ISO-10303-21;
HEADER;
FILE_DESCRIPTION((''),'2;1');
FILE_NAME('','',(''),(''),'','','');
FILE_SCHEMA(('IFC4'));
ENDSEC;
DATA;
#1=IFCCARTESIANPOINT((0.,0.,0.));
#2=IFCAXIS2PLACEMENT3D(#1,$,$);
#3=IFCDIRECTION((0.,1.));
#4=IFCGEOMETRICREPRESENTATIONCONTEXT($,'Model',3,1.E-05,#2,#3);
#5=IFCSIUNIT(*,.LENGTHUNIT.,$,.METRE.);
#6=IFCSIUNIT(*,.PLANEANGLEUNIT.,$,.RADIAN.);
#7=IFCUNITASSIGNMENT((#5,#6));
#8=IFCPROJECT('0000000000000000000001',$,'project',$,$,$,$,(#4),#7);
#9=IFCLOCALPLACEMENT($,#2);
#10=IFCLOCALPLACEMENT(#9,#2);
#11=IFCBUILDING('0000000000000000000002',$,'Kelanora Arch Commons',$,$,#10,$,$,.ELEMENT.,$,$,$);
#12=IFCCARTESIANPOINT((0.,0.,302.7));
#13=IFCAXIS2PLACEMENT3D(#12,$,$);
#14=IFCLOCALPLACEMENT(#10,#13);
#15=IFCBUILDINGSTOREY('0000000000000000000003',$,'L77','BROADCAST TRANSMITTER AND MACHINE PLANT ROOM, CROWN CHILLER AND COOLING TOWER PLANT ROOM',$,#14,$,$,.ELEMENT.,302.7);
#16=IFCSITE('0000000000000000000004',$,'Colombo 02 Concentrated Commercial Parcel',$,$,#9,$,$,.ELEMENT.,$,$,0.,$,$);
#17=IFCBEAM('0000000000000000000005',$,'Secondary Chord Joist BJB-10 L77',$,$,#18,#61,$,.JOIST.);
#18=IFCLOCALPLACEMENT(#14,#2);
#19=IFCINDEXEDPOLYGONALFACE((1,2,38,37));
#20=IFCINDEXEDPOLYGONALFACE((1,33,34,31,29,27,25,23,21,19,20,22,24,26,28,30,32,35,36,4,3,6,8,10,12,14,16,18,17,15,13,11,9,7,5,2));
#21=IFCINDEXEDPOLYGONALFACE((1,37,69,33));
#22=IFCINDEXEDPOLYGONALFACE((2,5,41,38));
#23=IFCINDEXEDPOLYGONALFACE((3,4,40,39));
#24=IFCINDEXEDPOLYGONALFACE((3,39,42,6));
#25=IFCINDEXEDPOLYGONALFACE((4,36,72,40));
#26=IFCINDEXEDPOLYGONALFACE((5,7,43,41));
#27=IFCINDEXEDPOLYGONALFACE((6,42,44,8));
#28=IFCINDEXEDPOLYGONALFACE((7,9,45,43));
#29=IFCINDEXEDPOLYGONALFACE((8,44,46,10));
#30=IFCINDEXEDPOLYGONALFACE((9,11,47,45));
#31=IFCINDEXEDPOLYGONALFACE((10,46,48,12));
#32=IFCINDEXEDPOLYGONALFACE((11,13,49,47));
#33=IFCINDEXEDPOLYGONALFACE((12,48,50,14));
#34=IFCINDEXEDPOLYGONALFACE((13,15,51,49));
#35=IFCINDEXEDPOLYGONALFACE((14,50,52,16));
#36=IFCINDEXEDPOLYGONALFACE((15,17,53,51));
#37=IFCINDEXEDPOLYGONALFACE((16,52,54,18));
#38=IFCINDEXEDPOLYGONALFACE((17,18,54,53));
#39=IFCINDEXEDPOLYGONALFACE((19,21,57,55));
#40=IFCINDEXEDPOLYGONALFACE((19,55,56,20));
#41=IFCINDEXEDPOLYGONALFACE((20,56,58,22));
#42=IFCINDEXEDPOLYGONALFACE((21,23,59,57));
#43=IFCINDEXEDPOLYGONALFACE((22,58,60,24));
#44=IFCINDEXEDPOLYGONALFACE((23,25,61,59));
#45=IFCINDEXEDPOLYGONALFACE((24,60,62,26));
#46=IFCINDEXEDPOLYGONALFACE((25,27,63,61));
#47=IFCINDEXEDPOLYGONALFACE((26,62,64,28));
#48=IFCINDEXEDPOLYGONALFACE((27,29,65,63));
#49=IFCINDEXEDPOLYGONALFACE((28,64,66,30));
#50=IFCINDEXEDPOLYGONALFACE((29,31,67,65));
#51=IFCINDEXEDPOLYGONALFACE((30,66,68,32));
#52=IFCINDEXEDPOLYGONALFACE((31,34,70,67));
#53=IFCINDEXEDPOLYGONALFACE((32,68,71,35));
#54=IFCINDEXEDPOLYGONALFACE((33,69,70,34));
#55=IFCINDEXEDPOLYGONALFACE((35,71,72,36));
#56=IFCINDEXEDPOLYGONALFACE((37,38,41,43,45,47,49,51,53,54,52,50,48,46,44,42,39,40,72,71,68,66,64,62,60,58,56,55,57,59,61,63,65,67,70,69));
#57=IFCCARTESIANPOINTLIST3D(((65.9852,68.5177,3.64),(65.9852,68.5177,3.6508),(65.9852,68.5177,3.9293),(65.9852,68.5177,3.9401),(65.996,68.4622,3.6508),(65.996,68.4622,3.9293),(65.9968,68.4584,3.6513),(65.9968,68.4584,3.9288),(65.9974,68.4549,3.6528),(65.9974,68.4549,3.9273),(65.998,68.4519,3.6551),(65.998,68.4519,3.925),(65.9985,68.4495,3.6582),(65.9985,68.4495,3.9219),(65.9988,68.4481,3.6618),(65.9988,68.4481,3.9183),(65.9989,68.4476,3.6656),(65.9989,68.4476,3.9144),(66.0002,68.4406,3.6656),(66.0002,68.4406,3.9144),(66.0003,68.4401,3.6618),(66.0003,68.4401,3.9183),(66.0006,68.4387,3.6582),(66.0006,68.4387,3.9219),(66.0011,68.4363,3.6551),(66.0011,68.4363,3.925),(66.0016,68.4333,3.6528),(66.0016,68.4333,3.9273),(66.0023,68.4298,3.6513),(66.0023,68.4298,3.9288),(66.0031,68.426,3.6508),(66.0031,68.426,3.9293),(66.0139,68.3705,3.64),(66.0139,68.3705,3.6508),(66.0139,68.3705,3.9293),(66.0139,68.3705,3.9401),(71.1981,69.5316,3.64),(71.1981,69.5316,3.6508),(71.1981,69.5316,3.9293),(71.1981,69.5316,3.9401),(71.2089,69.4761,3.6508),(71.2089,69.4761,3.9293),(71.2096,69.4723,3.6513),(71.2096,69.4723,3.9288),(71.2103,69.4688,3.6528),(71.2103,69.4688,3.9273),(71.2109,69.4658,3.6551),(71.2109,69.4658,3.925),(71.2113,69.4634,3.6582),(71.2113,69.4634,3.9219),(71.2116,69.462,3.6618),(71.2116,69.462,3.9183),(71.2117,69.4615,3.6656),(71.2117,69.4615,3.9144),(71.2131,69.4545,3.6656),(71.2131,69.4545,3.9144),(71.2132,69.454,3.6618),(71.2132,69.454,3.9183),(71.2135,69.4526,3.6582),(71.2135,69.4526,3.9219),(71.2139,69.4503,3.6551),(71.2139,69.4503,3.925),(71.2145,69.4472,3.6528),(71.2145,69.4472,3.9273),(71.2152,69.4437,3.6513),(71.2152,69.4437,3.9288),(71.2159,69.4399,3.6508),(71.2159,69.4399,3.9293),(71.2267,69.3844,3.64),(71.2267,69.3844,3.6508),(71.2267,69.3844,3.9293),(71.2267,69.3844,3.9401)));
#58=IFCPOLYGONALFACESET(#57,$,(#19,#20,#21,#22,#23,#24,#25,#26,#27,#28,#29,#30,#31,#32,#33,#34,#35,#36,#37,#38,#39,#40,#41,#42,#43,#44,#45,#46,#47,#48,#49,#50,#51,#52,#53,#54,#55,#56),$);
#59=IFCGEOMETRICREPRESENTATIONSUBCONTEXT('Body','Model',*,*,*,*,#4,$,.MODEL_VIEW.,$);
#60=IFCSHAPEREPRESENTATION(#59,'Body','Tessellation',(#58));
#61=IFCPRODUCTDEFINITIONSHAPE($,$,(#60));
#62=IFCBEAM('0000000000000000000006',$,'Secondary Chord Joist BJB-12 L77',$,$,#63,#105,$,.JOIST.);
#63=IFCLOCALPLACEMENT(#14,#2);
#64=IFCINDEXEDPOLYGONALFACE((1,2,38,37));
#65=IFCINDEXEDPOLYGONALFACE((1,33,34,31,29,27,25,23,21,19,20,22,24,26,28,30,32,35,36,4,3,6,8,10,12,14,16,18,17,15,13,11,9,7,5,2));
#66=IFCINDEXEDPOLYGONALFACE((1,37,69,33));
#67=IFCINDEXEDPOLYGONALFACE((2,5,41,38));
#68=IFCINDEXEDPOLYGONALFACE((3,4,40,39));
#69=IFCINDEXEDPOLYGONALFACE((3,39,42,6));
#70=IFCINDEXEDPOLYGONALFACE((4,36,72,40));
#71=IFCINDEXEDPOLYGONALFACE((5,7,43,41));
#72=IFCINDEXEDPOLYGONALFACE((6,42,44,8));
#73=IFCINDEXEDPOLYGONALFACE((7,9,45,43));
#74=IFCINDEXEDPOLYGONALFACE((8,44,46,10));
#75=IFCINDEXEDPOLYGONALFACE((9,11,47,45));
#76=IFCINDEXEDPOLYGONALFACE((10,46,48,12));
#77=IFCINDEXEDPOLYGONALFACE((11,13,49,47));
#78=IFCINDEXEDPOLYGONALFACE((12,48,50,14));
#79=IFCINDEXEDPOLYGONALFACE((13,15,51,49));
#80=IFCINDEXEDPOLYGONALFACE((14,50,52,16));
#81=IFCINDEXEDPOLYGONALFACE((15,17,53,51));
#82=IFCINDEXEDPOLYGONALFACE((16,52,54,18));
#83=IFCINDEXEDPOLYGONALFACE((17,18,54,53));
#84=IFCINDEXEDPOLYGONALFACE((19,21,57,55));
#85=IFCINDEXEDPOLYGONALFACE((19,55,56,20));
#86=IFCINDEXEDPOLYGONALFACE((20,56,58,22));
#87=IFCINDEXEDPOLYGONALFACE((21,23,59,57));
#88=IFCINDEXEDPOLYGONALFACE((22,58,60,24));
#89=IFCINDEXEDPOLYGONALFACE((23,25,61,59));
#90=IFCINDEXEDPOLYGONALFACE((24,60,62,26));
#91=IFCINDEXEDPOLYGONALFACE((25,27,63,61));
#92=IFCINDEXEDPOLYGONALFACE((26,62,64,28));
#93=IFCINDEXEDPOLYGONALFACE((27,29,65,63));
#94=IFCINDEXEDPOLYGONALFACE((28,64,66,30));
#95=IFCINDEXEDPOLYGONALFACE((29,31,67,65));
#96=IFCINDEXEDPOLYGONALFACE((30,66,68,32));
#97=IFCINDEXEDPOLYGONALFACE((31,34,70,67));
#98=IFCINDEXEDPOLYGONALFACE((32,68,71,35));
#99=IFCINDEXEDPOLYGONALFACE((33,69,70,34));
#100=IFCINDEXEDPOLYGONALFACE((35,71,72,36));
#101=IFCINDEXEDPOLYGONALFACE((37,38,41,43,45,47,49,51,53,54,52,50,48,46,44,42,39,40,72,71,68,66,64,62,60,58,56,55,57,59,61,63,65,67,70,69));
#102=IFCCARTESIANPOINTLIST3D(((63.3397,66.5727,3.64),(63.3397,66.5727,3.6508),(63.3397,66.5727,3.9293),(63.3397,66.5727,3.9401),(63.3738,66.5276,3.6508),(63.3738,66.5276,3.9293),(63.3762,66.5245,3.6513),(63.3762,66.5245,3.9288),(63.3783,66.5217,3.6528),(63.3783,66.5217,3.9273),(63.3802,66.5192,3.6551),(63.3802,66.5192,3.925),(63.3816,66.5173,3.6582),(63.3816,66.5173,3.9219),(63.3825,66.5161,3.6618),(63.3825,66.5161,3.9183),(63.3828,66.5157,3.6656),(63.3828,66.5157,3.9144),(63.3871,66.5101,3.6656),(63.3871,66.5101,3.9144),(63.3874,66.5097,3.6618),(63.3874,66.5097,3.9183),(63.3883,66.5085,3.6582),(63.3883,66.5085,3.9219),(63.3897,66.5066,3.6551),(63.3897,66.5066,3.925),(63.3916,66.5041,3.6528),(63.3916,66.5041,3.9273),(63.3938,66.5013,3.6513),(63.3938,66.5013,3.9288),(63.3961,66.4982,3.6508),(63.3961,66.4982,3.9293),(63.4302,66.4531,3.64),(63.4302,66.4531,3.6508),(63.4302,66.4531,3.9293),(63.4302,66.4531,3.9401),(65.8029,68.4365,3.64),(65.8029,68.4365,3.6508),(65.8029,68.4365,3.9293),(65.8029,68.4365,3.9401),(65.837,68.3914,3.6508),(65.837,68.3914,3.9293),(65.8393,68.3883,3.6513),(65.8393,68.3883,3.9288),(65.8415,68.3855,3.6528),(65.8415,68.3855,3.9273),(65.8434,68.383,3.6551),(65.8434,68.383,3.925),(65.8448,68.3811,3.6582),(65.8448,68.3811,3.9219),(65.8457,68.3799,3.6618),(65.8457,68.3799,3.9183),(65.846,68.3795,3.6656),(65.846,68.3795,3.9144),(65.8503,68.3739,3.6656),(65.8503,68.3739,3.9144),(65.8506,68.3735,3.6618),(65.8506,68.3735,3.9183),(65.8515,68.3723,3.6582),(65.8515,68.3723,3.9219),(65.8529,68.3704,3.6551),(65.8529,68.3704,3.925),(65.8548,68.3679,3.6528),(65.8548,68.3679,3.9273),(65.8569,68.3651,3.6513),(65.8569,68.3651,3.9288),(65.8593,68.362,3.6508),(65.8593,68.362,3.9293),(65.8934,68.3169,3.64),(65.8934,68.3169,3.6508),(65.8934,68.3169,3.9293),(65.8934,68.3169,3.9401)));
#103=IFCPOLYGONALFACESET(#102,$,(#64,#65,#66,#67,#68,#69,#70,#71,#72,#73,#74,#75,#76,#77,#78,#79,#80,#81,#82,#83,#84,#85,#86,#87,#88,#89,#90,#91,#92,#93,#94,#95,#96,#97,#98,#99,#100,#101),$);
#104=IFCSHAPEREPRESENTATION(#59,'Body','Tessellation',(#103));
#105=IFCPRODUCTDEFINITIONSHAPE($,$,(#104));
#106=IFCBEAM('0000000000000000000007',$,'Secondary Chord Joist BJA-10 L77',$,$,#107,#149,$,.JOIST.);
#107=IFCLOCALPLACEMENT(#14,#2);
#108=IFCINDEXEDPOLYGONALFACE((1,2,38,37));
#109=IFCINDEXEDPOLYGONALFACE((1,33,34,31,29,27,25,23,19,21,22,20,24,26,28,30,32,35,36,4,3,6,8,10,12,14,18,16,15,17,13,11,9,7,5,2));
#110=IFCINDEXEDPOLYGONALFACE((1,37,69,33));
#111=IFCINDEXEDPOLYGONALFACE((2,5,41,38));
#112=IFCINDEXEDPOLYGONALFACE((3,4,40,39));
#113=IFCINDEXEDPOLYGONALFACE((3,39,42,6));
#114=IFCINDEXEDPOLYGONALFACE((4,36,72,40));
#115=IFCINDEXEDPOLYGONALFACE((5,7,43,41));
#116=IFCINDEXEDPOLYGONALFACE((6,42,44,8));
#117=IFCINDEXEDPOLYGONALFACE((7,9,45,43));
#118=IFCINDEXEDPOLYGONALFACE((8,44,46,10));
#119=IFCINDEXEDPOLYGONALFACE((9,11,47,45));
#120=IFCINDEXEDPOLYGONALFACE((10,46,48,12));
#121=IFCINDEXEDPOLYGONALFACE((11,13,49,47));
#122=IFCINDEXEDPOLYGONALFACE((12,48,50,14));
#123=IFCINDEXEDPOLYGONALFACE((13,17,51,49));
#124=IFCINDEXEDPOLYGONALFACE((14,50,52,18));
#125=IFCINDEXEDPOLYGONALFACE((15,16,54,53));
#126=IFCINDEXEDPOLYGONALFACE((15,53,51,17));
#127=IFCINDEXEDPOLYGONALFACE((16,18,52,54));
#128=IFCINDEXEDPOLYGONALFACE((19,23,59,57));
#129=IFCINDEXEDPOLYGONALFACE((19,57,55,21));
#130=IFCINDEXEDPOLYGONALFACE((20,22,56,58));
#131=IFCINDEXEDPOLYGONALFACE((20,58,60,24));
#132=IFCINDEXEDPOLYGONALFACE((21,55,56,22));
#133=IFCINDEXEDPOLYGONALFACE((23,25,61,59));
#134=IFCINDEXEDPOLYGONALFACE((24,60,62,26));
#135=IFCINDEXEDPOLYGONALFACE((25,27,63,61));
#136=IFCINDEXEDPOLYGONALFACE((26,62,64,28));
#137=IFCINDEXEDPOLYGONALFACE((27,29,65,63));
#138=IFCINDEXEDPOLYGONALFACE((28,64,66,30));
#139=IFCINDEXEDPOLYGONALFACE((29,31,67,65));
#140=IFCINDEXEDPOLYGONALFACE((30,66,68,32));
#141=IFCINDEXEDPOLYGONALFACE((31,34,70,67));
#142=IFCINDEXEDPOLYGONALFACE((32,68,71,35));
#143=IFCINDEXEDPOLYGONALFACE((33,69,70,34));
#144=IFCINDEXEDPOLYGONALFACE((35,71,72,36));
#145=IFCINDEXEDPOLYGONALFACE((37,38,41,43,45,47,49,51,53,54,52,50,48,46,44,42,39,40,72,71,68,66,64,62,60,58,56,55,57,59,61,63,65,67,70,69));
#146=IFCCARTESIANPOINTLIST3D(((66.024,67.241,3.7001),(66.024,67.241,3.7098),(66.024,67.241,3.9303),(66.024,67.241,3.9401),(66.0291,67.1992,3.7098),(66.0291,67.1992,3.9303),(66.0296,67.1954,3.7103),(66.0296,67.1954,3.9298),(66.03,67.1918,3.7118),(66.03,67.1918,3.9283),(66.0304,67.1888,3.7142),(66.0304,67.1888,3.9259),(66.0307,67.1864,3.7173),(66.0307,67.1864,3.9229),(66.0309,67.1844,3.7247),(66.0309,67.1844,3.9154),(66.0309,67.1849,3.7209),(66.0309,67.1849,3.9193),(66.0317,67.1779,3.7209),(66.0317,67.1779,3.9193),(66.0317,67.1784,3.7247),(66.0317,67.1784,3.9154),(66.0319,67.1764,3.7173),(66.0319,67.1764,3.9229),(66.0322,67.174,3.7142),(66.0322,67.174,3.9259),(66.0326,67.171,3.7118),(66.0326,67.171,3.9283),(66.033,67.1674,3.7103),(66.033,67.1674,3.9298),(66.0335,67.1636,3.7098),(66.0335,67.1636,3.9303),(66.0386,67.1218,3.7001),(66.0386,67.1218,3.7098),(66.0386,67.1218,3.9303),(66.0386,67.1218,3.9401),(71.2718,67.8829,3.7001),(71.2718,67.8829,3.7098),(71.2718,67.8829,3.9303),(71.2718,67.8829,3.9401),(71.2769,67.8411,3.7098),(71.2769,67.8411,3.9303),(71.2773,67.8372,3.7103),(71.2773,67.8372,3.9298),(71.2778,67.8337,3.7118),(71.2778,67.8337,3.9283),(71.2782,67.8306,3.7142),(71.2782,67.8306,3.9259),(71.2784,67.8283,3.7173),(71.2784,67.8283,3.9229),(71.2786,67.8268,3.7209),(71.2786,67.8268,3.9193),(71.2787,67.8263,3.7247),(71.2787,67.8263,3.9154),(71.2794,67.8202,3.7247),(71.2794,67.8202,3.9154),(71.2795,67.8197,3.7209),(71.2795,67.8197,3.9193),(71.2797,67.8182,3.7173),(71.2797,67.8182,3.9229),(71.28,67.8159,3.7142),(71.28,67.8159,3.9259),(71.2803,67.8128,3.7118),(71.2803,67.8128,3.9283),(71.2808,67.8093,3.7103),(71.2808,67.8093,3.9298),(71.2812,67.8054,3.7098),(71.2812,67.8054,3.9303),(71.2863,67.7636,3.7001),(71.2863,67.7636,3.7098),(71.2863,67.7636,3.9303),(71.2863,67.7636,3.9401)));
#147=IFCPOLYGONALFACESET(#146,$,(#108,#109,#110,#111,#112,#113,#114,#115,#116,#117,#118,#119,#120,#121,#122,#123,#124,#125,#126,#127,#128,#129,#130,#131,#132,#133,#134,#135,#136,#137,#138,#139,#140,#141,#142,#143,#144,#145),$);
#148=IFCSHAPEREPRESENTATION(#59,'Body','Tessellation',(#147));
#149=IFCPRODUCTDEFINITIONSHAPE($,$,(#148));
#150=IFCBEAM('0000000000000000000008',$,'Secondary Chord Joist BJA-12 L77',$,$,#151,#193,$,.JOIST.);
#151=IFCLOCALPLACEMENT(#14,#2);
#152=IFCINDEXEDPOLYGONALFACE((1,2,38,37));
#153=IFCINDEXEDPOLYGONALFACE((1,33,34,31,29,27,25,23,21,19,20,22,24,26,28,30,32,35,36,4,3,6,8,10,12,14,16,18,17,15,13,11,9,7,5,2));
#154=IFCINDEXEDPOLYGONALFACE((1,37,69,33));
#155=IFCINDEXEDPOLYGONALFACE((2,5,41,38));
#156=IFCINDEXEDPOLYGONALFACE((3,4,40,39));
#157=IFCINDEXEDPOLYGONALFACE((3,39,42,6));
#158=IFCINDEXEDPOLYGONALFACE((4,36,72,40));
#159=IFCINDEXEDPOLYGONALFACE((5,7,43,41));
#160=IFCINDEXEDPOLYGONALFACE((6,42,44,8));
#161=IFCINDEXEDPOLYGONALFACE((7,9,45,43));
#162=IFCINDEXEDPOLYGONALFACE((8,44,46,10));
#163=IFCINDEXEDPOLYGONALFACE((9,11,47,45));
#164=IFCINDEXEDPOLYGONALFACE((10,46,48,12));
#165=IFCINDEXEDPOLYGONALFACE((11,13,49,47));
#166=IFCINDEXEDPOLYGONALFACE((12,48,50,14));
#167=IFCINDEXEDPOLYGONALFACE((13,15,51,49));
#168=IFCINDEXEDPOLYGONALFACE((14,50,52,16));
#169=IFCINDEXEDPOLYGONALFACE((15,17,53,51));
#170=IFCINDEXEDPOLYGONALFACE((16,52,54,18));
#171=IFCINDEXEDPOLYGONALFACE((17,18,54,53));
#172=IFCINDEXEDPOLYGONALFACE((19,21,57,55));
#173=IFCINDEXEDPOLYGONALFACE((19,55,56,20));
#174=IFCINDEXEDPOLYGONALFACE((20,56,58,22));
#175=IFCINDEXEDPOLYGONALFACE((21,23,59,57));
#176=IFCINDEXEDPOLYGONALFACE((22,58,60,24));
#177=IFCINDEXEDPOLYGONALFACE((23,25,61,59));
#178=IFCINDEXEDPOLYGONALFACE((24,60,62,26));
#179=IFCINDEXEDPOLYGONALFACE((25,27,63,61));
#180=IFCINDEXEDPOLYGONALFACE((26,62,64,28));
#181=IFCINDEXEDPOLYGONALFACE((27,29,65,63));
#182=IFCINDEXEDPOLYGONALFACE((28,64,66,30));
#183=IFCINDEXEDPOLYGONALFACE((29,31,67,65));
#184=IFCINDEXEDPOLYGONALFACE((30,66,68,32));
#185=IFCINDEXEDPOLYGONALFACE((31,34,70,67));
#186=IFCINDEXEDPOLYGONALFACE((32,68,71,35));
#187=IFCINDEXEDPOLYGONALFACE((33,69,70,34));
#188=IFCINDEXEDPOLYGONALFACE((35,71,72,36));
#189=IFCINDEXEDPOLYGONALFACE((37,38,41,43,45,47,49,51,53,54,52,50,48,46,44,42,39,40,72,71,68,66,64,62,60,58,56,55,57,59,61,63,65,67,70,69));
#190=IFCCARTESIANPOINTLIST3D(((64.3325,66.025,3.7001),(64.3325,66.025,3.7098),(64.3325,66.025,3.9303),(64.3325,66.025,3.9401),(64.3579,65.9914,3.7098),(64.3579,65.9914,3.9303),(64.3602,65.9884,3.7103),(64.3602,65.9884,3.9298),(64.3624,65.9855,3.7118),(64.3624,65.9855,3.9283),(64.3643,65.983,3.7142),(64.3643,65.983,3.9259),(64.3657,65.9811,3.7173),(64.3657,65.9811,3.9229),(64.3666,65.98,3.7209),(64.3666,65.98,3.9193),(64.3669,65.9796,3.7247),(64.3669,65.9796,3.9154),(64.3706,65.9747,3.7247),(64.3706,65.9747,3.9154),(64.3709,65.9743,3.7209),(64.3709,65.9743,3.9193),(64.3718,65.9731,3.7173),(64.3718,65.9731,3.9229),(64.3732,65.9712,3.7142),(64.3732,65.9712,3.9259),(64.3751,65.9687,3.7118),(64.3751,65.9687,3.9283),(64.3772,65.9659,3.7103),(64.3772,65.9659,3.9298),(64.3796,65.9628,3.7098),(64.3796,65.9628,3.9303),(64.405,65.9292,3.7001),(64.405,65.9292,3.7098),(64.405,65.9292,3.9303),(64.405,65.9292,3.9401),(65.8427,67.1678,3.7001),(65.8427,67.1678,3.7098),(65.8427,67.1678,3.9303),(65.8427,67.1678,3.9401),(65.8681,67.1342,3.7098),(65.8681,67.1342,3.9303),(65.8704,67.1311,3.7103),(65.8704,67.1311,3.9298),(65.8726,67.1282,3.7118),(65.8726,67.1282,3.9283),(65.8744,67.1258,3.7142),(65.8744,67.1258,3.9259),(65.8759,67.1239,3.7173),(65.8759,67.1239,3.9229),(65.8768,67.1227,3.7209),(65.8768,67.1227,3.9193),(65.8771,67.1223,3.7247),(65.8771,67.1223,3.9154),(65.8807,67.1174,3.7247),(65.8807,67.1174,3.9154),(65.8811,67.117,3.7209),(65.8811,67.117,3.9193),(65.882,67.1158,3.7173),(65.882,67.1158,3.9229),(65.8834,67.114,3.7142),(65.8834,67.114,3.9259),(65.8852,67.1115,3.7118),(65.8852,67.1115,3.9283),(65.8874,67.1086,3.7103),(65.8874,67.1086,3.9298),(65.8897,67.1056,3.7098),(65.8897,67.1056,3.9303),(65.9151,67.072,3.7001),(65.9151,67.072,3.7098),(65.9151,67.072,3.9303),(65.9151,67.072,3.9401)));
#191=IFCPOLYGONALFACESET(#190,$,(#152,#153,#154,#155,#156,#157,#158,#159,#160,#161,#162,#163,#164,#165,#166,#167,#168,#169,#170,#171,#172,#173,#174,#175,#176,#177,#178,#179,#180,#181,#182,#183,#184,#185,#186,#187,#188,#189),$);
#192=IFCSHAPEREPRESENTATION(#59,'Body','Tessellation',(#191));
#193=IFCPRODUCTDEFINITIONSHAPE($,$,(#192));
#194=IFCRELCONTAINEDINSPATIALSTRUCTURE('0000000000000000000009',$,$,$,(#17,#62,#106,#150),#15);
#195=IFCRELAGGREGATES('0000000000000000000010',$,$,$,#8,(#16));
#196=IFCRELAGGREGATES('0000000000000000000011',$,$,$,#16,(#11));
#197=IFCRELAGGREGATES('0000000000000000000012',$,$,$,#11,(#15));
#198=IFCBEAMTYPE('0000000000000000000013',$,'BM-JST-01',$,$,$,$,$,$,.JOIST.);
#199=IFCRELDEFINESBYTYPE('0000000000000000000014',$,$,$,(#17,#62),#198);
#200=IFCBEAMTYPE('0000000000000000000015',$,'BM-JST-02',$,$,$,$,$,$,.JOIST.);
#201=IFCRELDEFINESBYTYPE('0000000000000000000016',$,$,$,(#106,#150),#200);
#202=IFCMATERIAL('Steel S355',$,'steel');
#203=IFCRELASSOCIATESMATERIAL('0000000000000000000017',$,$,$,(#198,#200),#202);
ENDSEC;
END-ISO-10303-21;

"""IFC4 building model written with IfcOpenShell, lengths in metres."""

from ifc_helpers import new_model, si_unit, direction, frame, origin, origin_2d, place, context, subcontext, project, spatial, i_section, extrude, material, material_profile, profile_set, type_object, element, save


model = new_model("IFC4")

# Units and contexts
model_context = context("Model", 3, precision=1e-05, world=origin(), true_north=direction((0.0, 1.0)))
body_context = subcontext(model_context, "Body", "Model", "MODEL_VIEW")
ifc_project = project(units=[si_unit("LENGTHUNIT", "METRE"), si_unit("PLANEANGLEUNIT", "RADIAN")], contexts=[model_context])

# Site, building, storey
site_placement = place(None, origin())
site = spatial("IfcSite", under=ifc_project, at=site_placement, Name="Colombo 02 Concentrated Commercial Parcel", CompositionType="ELEMENT", RefElevation=0.0)
building_placement = place(site_placement, origin())
building = spatial("IfcBuilding", under=site, at=building_placement, Name="Kelanora Arch Commons", CompositionType="ELEMENT")
storey_placement = place(building_placement, frame((0.0, 0.0, 302.7)))
storey = spatial("IfcBuildingStorey", under=building, at=storey_placement, Name="L77", Description="BROADCAST TRANSMITTER AND MACHINE PLANT ROOM, CROWN CHILLER AND COOLING TOWER PLANT ROOM", CompositionType="ELEMENT", Elevation=302.7)

# Beams
ifc_material_1 = material(Name="Steel S355", Category="steel")
ifc_material_profile_1 = material_profile(ifc_material_1, i_section(OverallWidth=0.1499, OverallDepth=0.3, WebThickness=0.0071, FlangeThickness=0.0107, FilletRadius=0.0149, at=origin_2d()), Name="IPE300")
ifc_profile_set_1 = profile_set([ifc_material_profile_1], Name="Steel S355")
beam_type_1 = type_object("IfcBeamType", Name="BM-JST-01", PredefinedType="JOIST", material=ifc_profile_set_1)
beam_1_placement = place(storey_placement, frame((71.2124, 69.458, 3.79), z_axis=(-0.981605, -0.190924, 0.0), x_axis=(0.190924, -0.981605, 0.0)))
element("IfcBeam", 1, at=beam_1_placement, inside=storey, type_object=beam_type_1, Name="Secondary Chord Joist BJB-10 L77", PredefinedType="JOIST", context=body_context, shape_type="SweptSolid", body=[
    extrude(i_section(OverallWidth=0.1499, OverallDepth=0.3, WebThickness=0.0071, FlangeThickness=0.0107, FilletRadius=0.0149, at=origin_2d()), origin(), (0.0, 0.0, 1.0), 5.3105),
])
beam_2_placement = place(storey_placement, frame((65.8481, 68.3767, 3.79), z_axis=(-0.797441, -0.603396, 0.0), x_axis=(0.603396, -0.797441, 0.0)))
element("IfcBeam", 2, at=beam_2_placement, inside=storey, type_object=beam_type_1, Name="Secondary Chord Joist BJB-12 L77", PredefinedType="JOIST", context=body_context, shape_type="SweptSolid", body=[
    extrude(i_section(OverallWidth=0.1499, OverallDepth=0.3, WebThickness=0.0071, FlangeThickness=0.0107, FilletRadius=0.0149, at=origin_2d()), origin(), (0.0, 0.0, 1.0), 3.0889),
])
ifc_material_profile_2 = material_profile(ifc_material_1, i_section(OverallWidth=0.1201, OverallDepth=0.24, WebThickness=0.0061, FlangeThickness=0.0098, FilletRadius=0.0149, at=origin_2d()), Name="IPE240")
ifc_profile_set_2 = profile_set([ifc_material_profile_2], Name="Steel S355")
beam_type_2 = type_object("IfcBeamType", Name="BM-JST-02", PredefinedType="JOIST", material=ifc_profile_set_2)
beam_3_placement = place(storey_placement, frame((71.2791, 67.8232, 3.8201), z_axis=(-0.992603, -0.121403, 0.0), x_axis=(0.121403, -0.992603, 0.0)))
element("IfcBeam", 3, at=beam_3_placement, inside=storey, type_object=beam_type_2, Name="Secondary Chord Joist BJA-10 L77", PredefinedType="JOIST", context=body_context, shape_type="SweptSolid", body=[
    extrude(i_section(OverallWidth=0.1201, OverallDepth=0.24, WebThickness=0.0061, FlangeThickness=0.0098, FilletRadius=0.0149, at=origin_2d()), origin(), (0.0, 0.0, 1.0), 5.2869),
])
beam_4_placement = place(storey_placement, frame((65.8789, 67.1199, 3.8201), z_axis=(-0.797425, -0.603418, 0.0), x_axis=(0.603418, -0.797425, 0.0)))
element("IfcBeam", 4, at=beam_4_placement, inside=storey, type_object=beam_type_2, Name="Secondary Chord Joist BJA-12 L77", PredefinedType="JOIST", context=body_context, shape_type="SweptSolid", body=[
    extrude(i_section(OverallWidth=0.1201, OverallDepth=0.24, WebThickness=0.0061, FlangeThickness=0.0098, FilletRadius=0.0149, at=origin_2d()), origin(), (0.0, 0.0, 1.0), 1.8938),
])

save(model, "model.ifc")
